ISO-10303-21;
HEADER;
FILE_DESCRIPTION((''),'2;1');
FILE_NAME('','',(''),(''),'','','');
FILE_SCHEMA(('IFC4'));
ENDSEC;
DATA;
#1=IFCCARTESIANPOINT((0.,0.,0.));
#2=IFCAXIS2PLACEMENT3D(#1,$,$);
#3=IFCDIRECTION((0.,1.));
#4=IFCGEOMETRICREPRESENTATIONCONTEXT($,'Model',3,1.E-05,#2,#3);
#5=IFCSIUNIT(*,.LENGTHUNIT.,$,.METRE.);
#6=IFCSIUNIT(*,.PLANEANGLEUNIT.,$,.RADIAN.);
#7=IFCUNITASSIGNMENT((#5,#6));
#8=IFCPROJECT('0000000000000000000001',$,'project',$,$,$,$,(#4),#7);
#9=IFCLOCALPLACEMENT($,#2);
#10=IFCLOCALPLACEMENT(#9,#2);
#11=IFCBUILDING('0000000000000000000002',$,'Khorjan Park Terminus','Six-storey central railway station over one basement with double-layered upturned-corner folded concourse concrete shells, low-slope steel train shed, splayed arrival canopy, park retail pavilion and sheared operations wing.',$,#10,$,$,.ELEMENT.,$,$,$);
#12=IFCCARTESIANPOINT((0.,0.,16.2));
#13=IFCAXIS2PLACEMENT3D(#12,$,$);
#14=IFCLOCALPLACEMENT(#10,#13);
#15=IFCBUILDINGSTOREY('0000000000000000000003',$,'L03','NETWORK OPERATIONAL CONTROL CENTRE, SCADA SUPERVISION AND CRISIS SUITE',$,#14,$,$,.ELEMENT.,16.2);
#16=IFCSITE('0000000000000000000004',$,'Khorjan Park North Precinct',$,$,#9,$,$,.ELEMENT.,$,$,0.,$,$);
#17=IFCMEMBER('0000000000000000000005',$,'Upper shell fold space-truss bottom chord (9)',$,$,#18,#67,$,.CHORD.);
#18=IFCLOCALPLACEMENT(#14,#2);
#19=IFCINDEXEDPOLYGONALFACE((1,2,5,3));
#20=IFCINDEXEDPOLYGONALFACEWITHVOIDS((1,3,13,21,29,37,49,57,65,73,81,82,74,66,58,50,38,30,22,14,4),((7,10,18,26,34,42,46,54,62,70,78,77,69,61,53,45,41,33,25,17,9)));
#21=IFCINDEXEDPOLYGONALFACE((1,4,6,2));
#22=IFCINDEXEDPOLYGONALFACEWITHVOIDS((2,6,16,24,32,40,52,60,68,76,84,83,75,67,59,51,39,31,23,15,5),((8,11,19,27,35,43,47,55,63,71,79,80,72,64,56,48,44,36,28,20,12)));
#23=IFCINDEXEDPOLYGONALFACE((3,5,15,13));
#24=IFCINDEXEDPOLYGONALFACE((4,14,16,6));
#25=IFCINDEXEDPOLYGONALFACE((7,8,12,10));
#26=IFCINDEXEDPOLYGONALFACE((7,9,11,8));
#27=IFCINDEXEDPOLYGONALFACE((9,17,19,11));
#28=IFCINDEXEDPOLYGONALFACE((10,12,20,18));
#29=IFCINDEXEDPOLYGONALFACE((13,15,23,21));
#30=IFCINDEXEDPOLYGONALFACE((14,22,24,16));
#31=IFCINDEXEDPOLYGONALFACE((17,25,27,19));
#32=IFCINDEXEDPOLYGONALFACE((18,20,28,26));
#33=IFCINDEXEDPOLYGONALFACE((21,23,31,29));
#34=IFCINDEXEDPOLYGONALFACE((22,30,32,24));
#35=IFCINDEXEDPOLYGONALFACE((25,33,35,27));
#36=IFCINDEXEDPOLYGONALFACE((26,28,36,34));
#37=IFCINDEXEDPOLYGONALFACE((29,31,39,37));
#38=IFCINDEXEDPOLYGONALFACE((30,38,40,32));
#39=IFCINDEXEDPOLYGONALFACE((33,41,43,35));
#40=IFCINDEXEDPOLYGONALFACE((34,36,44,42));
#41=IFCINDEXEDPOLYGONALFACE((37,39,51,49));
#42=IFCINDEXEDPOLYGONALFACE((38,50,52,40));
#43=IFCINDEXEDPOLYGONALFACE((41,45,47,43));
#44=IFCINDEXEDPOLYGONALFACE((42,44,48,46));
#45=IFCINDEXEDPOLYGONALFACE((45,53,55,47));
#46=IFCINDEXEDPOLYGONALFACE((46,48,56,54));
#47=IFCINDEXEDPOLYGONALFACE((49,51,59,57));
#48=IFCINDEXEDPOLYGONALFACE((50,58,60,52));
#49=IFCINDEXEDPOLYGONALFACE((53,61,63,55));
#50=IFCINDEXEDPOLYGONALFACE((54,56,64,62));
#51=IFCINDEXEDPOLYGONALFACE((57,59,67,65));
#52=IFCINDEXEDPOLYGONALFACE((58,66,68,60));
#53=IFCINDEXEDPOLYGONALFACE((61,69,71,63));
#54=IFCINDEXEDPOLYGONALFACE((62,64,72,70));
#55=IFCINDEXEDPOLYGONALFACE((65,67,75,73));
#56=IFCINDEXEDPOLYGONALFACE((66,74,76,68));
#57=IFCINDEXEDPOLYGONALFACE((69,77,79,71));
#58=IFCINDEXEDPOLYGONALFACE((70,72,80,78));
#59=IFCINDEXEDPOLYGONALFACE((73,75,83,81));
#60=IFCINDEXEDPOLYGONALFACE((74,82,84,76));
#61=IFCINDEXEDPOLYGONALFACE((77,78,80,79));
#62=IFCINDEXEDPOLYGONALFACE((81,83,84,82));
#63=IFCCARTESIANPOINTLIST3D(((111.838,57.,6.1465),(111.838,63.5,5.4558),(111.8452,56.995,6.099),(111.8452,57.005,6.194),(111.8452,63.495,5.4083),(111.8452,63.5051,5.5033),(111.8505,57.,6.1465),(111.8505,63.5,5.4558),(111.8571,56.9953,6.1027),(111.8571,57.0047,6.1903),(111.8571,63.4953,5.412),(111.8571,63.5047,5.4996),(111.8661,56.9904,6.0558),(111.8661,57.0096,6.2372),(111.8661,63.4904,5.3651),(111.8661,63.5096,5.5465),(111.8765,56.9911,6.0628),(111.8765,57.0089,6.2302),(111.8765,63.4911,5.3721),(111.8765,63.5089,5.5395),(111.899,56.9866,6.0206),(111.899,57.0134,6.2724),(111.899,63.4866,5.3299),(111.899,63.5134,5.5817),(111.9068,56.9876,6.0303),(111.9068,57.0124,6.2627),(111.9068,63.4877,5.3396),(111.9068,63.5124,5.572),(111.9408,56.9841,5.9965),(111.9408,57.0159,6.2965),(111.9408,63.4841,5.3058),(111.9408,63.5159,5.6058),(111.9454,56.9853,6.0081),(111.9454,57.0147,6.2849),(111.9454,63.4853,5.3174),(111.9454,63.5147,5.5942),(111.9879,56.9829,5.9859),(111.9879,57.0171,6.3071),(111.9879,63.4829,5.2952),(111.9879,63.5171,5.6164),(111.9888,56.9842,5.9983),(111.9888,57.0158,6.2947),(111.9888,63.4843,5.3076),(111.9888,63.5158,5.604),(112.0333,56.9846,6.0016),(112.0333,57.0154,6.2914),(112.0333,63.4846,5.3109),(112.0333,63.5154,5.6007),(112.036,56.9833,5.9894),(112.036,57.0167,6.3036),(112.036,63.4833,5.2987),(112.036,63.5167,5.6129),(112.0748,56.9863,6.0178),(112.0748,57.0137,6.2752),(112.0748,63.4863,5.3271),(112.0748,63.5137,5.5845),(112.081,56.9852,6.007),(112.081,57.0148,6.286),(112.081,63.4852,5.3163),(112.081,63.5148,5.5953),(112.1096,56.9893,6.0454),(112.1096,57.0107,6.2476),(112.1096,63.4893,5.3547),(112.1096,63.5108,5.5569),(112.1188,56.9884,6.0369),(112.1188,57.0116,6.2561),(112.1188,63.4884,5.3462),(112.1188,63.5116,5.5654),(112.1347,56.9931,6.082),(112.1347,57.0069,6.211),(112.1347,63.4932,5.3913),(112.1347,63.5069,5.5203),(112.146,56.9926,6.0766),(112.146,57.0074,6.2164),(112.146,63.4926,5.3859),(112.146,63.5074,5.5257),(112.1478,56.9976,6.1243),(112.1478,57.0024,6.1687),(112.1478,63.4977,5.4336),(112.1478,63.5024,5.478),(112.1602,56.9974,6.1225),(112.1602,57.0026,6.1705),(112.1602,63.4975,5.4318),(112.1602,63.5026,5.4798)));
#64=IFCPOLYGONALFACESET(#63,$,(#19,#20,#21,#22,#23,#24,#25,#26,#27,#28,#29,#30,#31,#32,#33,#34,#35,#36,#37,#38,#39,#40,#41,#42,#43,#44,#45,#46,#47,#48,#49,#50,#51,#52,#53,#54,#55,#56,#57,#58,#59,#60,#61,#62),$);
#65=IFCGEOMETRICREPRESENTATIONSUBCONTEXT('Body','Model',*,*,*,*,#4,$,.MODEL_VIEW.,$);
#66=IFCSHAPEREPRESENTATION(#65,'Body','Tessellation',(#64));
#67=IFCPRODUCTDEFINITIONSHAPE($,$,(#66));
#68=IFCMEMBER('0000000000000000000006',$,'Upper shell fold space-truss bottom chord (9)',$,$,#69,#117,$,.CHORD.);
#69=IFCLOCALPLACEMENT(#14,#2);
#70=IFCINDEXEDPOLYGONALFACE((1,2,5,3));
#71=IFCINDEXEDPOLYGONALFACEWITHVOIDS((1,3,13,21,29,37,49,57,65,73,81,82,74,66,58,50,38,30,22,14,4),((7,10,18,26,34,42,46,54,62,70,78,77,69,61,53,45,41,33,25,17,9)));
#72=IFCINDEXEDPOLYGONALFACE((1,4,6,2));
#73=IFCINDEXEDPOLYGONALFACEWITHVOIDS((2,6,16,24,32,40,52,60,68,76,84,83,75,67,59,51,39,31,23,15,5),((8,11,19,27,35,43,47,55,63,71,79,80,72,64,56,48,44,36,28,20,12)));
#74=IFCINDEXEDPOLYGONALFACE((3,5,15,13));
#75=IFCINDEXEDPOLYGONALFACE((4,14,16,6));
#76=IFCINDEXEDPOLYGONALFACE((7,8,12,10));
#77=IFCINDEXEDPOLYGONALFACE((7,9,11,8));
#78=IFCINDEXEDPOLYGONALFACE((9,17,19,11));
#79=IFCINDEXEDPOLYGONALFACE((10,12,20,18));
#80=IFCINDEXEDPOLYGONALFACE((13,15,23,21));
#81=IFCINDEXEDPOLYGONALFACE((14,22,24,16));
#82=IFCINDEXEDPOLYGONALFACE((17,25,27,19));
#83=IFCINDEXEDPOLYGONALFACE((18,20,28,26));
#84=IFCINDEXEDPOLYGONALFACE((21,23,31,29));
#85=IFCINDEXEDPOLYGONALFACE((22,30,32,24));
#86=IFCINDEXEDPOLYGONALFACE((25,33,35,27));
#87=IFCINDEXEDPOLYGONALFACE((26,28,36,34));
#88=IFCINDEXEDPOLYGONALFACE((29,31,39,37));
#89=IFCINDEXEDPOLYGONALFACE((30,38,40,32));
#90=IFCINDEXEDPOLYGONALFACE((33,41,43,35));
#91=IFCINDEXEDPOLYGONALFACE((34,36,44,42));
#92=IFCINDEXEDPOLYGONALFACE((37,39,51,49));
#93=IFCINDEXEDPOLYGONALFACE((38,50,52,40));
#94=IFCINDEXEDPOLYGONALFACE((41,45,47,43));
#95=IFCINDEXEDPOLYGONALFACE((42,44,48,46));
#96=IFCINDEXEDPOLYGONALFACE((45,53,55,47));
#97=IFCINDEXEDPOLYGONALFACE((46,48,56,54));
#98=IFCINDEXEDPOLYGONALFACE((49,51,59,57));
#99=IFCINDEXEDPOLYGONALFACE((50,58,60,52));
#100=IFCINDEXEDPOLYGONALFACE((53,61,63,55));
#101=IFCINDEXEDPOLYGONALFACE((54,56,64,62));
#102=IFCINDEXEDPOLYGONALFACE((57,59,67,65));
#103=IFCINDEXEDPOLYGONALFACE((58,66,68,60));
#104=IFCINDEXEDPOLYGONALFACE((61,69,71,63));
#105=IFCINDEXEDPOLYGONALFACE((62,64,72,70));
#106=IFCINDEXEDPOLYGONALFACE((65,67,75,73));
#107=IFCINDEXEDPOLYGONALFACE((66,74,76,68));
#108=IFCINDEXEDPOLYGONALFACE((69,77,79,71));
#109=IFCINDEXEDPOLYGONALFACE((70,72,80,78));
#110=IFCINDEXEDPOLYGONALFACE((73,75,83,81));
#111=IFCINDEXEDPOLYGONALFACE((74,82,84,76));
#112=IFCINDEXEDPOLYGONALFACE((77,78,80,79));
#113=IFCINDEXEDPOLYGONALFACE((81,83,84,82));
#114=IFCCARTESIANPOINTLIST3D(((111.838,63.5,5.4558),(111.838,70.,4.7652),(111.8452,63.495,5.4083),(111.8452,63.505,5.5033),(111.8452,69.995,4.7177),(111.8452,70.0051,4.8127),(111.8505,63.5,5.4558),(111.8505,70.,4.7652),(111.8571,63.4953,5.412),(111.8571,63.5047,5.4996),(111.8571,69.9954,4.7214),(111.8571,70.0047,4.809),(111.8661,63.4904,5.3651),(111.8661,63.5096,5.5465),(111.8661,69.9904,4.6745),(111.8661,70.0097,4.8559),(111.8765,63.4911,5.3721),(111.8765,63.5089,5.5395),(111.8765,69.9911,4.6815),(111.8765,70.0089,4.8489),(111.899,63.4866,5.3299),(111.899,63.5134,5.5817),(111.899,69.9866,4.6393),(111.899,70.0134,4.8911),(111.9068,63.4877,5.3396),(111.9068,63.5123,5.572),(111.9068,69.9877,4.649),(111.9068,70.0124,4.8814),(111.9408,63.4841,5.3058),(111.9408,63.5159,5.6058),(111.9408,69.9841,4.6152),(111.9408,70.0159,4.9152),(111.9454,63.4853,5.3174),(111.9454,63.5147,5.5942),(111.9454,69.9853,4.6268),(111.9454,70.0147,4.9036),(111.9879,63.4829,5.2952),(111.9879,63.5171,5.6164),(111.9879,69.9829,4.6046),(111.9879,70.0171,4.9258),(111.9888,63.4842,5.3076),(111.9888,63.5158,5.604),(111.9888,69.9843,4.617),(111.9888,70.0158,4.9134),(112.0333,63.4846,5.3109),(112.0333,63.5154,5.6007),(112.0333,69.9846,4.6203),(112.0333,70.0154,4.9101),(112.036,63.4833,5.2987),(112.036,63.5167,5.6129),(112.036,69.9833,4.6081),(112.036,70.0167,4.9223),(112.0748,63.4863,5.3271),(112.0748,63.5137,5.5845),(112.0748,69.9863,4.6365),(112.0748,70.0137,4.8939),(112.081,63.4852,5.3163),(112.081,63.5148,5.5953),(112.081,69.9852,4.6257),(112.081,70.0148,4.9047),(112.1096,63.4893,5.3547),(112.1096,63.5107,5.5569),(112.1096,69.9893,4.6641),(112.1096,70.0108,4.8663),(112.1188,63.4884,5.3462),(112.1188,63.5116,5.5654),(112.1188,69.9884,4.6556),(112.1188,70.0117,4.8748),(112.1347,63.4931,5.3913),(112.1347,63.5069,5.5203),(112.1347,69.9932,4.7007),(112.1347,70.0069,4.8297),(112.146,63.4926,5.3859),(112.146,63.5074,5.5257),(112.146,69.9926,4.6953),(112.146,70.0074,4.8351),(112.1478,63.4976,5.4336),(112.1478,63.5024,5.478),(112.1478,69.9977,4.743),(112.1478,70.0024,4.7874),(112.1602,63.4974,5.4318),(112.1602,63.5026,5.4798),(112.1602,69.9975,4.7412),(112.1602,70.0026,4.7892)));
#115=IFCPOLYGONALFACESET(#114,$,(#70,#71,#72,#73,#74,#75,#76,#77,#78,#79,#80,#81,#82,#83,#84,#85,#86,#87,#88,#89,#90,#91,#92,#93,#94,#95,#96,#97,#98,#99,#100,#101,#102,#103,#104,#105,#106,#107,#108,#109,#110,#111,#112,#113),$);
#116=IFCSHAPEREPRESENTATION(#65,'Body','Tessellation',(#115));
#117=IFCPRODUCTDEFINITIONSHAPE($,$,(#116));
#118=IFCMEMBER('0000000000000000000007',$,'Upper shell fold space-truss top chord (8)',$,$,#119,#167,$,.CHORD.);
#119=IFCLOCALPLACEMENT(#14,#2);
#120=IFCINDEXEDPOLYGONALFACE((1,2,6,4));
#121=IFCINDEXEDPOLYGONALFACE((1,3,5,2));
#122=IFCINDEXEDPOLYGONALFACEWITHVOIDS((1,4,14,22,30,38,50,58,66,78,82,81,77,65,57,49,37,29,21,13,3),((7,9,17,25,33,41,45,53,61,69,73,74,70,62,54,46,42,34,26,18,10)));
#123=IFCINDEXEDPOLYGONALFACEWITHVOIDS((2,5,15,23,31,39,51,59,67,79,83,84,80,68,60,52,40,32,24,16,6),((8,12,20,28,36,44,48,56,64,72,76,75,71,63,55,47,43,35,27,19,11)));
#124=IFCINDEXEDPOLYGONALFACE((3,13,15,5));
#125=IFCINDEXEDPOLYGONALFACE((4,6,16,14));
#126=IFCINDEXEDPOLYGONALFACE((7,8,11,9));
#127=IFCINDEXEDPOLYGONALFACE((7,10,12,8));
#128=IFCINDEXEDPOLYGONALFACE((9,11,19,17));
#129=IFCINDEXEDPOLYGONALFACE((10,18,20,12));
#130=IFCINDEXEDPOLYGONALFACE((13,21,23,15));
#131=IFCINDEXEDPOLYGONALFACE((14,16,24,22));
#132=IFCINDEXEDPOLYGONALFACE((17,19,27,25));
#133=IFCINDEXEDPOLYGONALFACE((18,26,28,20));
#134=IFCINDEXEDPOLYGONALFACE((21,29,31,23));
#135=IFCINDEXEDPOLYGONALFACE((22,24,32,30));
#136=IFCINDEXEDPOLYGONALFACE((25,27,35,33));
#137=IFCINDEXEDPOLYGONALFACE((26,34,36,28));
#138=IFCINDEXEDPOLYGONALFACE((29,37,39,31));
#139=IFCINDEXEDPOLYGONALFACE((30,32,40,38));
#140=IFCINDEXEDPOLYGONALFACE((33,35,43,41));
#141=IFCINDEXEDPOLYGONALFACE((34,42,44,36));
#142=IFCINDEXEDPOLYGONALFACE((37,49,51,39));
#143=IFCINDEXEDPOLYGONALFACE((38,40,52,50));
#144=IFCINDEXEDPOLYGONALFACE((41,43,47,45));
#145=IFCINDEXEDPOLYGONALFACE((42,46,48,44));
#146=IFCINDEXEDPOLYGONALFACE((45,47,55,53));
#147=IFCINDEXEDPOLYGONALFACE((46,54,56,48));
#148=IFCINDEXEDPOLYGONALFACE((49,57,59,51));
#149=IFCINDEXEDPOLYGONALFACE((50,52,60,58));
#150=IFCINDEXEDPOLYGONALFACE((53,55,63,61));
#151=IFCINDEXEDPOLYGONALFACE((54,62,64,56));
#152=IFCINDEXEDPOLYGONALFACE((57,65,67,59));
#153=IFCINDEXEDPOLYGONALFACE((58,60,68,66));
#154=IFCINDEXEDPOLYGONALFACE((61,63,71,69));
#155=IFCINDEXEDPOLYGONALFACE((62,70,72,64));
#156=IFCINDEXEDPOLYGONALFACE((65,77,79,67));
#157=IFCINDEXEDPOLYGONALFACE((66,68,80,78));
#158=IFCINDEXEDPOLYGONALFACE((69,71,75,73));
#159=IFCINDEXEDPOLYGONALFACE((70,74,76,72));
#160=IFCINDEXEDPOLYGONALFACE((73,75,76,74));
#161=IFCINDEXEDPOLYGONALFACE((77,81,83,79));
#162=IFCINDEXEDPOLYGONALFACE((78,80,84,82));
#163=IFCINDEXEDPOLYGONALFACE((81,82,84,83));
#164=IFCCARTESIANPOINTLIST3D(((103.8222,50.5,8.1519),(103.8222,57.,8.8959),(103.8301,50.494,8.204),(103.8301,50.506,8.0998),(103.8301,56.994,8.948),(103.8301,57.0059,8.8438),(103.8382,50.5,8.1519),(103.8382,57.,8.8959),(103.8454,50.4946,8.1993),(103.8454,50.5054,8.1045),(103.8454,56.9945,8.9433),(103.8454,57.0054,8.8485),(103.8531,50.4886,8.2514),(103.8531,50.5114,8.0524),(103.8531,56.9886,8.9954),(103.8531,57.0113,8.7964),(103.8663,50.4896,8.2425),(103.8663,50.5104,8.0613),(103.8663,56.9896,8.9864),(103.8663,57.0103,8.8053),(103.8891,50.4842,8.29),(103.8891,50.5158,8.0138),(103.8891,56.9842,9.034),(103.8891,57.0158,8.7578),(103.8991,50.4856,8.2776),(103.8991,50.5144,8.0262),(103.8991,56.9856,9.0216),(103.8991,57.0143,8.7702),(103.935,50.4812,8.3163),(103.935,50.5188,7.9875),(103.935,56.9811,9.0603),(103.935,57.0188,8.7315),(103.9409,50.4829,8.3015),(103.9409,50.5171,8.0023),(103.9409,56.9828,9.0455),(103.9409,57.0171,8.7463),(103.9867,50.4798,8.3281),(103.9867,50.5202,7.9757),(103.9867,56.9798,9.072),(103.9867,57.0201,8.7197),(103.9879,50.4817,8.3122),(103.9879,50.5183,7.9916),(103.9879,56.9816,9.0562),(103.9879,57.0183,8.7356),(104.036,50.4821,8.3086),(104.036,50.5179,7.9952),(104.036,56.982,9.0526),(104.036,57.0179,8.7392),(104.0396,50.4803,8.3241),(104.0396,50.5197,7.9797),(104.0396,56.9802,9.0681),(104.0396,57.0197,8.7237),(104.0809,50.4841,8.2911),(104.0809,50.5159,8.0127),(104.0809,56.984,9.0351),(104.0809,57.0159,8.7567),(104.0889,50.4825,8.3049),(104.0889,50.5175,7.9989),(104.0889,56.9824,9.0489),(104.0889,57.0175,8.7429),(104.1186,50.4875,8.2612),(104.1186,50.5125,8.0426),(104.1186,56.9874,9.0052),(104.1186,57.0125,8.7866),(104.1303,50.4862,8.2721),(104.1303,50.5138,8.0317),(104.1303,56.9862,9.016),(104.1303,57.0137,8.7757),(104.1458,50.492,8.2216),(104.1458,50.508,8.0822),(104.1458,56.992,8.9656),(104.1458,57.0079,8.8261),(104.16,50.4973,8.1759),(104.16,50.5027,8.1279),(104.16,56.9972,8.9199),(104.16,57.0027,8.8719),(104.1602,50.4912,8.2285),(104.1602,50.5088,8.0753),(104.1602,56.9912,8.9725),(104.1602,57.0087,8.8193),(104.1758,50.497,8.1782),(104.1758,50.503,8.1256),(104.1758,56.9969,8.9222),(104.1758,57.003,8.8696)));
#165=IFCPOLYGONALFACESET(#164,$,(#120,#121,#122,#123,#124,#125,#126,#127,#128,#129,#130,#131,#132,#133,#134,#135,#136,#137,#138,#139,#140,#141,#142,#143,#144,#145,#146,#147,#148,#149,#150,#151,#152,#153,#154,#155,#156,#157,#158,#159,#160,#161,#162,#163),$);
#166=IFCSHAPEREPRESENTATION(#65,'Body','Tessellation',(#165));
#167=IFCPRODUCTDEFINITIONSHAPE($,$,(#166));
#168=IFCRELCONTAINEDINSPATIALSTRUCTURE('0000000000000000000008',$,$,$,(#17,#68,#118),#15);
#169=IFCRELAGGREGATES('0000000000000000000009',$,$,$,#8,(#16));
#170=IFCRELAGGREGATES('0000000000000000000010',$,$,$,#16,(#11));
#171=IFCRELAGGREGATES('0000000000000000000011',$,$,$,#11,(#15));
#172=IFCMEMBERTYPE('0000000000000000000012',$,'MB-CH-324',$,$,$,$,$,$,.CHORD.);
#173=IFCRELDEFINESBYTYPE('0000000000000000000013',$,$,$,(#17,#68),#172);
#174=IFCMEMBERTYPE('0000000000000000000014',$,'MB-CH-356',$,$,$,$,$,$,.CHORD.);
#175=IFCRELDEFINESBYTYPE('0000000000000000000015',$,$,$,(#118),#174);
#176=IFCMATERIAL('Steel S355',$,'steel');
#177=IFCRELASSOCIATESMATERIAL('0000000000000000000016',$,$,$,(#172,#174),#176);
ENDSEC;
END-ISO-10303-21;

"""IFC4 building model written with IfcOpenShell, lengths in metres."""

from ifc_helpers import new_model, si_unit, direction, frame, origin, origin_2d, place, context, subcontext, project, spatial, hollow_circle, extrude, material, material_profile, profile_set, type_object, element, save


model = new_model("IFC4")

# Units and contexts
model_context = context("Model", 3, precision=1e-05, world=origin(), true_north=direction((0.0, 1.0)))
body_context = subcontext(model_context, "Body", "Model", "MODEL_VIEW")
ifc_project = project(units=[si_unit("LENGTHUNIT", "METRE"), si_unit("PLANEANGLEUNIT", "RADIAN")], contexts=[model_context])

# Site, building, storey
site_placement = place(None, origin())
site = spatial("IfcSite", under=ifc_project, at=site_placement, Name="Khorjan Park North Precinct", CompositionType="ELEMENT", RefElevation=0.0)
building_placement = place(site_placement, origin())
building = spatial("IfcBuilding", under=site, at=building_placement, Name="Khorjan Park Terminus", Description="Six-storey central railway station over one basement with double-layered upturned-corner folded concourse concrete shells, low-slope steel train shed, splayed arrival canopy, park retail pavilion and sheared operations wing.", CompositionType="ELEMENT")
storey_placement = place(building_placement, frame((0.0, 0.0, 16.2)))
storey = spatial("IfcBuildingStorey", under=building, at=storey_placement, Name="L03", Description="NETWORK OPERATIONAL CONTROL CENTRE, SCADA SUPERVISION AND CRISIS SUITE", CompositionType="ELEMENT", Elevation=16.2)

# Members
ifc_material = material(Name="Steel S355", Category="steel")
ifc_material_profile_1 = material_profile(ifc_material, hollow_circle(Radius=0.162, WallThickness=0.0125, at=origin_2d()), Name="CHS 323.9x12.5")
ifc_profile_set_1 = profile_set([ifc_material_profile_1], Name="Steel S355")
member_type_1 = type_object("IfcMemberType", Name="MB-CH-324", PredefinedType="CHORD", material=ifc_profile_set_1)
for number, where, z_axis, x_axis, name in (
    (1, (112.0, 57.0, 6.1465), (0.0, 0.994402, -0.105667), (-1.0, 0.0, 0.0), "Upper shell fold space-truss bottom chord (9)"),
    (2, (112.0, 63.5, 5.4558), (0.0, 0.994403, -0.105652), (-1.0, 0.0, 0.0), "Upper shell fold space-truss bottom chord (9)"),
):
    element("IfcMember", number, at=place(storey_placement, frame(where, z_axis=z_axis, x_axis=x_axis)), inside=storey, type_object=member_type_1, Name=name, PredefinedType="CHORD", context=body_context, shape_type="SweptSolid", body=[
        extrude(hollow_circle(Radius=0.162, WallThickness=0.0125, at=origin_2d()), origin(), (0.0, 0.0, 1.0), 6.5366),
    ])
ifc_material_profile_2 = material_profile(ifc_material, hollow_circle(Radius=0.1778, WallThickness=0.016, at=origin_2d()), Name="CHS 355.6x16")
ifc_profile_set_2 = profile_set([ifc_material_profile_2], Name="Steel S355")
member_type_2 = type_object("IfcMemberType", Name="MB-CH-356", PredefinedType="CHORD", material=ifc_profile_set_2)
for number, where, z_axis, x_axis, name in (
    (3, (104.0, 50.5, 8.1519), (0.0, 0.993513, 0.113719), (-1.0, 0.0, 0.0), "Upper shell fold space-truss top chord (8)"),
):
    element("IfcMember", number, at=place(storey_placement, frame(where, z_axis=z_axis, x_axis=x_axis)), inside=storey, type_object=member_type_2, Name=name, PredefinedType="CHORD", context=body_context, shape_type="SweptSolid", body=[
        extrude(hollow_circle(Radius=0.1778, WallThickness=0.016, at=origin_2d()), origin(), (0.0, 0.0, 1.0), 6.5424),
    ])

save(model, "model.ifc")
